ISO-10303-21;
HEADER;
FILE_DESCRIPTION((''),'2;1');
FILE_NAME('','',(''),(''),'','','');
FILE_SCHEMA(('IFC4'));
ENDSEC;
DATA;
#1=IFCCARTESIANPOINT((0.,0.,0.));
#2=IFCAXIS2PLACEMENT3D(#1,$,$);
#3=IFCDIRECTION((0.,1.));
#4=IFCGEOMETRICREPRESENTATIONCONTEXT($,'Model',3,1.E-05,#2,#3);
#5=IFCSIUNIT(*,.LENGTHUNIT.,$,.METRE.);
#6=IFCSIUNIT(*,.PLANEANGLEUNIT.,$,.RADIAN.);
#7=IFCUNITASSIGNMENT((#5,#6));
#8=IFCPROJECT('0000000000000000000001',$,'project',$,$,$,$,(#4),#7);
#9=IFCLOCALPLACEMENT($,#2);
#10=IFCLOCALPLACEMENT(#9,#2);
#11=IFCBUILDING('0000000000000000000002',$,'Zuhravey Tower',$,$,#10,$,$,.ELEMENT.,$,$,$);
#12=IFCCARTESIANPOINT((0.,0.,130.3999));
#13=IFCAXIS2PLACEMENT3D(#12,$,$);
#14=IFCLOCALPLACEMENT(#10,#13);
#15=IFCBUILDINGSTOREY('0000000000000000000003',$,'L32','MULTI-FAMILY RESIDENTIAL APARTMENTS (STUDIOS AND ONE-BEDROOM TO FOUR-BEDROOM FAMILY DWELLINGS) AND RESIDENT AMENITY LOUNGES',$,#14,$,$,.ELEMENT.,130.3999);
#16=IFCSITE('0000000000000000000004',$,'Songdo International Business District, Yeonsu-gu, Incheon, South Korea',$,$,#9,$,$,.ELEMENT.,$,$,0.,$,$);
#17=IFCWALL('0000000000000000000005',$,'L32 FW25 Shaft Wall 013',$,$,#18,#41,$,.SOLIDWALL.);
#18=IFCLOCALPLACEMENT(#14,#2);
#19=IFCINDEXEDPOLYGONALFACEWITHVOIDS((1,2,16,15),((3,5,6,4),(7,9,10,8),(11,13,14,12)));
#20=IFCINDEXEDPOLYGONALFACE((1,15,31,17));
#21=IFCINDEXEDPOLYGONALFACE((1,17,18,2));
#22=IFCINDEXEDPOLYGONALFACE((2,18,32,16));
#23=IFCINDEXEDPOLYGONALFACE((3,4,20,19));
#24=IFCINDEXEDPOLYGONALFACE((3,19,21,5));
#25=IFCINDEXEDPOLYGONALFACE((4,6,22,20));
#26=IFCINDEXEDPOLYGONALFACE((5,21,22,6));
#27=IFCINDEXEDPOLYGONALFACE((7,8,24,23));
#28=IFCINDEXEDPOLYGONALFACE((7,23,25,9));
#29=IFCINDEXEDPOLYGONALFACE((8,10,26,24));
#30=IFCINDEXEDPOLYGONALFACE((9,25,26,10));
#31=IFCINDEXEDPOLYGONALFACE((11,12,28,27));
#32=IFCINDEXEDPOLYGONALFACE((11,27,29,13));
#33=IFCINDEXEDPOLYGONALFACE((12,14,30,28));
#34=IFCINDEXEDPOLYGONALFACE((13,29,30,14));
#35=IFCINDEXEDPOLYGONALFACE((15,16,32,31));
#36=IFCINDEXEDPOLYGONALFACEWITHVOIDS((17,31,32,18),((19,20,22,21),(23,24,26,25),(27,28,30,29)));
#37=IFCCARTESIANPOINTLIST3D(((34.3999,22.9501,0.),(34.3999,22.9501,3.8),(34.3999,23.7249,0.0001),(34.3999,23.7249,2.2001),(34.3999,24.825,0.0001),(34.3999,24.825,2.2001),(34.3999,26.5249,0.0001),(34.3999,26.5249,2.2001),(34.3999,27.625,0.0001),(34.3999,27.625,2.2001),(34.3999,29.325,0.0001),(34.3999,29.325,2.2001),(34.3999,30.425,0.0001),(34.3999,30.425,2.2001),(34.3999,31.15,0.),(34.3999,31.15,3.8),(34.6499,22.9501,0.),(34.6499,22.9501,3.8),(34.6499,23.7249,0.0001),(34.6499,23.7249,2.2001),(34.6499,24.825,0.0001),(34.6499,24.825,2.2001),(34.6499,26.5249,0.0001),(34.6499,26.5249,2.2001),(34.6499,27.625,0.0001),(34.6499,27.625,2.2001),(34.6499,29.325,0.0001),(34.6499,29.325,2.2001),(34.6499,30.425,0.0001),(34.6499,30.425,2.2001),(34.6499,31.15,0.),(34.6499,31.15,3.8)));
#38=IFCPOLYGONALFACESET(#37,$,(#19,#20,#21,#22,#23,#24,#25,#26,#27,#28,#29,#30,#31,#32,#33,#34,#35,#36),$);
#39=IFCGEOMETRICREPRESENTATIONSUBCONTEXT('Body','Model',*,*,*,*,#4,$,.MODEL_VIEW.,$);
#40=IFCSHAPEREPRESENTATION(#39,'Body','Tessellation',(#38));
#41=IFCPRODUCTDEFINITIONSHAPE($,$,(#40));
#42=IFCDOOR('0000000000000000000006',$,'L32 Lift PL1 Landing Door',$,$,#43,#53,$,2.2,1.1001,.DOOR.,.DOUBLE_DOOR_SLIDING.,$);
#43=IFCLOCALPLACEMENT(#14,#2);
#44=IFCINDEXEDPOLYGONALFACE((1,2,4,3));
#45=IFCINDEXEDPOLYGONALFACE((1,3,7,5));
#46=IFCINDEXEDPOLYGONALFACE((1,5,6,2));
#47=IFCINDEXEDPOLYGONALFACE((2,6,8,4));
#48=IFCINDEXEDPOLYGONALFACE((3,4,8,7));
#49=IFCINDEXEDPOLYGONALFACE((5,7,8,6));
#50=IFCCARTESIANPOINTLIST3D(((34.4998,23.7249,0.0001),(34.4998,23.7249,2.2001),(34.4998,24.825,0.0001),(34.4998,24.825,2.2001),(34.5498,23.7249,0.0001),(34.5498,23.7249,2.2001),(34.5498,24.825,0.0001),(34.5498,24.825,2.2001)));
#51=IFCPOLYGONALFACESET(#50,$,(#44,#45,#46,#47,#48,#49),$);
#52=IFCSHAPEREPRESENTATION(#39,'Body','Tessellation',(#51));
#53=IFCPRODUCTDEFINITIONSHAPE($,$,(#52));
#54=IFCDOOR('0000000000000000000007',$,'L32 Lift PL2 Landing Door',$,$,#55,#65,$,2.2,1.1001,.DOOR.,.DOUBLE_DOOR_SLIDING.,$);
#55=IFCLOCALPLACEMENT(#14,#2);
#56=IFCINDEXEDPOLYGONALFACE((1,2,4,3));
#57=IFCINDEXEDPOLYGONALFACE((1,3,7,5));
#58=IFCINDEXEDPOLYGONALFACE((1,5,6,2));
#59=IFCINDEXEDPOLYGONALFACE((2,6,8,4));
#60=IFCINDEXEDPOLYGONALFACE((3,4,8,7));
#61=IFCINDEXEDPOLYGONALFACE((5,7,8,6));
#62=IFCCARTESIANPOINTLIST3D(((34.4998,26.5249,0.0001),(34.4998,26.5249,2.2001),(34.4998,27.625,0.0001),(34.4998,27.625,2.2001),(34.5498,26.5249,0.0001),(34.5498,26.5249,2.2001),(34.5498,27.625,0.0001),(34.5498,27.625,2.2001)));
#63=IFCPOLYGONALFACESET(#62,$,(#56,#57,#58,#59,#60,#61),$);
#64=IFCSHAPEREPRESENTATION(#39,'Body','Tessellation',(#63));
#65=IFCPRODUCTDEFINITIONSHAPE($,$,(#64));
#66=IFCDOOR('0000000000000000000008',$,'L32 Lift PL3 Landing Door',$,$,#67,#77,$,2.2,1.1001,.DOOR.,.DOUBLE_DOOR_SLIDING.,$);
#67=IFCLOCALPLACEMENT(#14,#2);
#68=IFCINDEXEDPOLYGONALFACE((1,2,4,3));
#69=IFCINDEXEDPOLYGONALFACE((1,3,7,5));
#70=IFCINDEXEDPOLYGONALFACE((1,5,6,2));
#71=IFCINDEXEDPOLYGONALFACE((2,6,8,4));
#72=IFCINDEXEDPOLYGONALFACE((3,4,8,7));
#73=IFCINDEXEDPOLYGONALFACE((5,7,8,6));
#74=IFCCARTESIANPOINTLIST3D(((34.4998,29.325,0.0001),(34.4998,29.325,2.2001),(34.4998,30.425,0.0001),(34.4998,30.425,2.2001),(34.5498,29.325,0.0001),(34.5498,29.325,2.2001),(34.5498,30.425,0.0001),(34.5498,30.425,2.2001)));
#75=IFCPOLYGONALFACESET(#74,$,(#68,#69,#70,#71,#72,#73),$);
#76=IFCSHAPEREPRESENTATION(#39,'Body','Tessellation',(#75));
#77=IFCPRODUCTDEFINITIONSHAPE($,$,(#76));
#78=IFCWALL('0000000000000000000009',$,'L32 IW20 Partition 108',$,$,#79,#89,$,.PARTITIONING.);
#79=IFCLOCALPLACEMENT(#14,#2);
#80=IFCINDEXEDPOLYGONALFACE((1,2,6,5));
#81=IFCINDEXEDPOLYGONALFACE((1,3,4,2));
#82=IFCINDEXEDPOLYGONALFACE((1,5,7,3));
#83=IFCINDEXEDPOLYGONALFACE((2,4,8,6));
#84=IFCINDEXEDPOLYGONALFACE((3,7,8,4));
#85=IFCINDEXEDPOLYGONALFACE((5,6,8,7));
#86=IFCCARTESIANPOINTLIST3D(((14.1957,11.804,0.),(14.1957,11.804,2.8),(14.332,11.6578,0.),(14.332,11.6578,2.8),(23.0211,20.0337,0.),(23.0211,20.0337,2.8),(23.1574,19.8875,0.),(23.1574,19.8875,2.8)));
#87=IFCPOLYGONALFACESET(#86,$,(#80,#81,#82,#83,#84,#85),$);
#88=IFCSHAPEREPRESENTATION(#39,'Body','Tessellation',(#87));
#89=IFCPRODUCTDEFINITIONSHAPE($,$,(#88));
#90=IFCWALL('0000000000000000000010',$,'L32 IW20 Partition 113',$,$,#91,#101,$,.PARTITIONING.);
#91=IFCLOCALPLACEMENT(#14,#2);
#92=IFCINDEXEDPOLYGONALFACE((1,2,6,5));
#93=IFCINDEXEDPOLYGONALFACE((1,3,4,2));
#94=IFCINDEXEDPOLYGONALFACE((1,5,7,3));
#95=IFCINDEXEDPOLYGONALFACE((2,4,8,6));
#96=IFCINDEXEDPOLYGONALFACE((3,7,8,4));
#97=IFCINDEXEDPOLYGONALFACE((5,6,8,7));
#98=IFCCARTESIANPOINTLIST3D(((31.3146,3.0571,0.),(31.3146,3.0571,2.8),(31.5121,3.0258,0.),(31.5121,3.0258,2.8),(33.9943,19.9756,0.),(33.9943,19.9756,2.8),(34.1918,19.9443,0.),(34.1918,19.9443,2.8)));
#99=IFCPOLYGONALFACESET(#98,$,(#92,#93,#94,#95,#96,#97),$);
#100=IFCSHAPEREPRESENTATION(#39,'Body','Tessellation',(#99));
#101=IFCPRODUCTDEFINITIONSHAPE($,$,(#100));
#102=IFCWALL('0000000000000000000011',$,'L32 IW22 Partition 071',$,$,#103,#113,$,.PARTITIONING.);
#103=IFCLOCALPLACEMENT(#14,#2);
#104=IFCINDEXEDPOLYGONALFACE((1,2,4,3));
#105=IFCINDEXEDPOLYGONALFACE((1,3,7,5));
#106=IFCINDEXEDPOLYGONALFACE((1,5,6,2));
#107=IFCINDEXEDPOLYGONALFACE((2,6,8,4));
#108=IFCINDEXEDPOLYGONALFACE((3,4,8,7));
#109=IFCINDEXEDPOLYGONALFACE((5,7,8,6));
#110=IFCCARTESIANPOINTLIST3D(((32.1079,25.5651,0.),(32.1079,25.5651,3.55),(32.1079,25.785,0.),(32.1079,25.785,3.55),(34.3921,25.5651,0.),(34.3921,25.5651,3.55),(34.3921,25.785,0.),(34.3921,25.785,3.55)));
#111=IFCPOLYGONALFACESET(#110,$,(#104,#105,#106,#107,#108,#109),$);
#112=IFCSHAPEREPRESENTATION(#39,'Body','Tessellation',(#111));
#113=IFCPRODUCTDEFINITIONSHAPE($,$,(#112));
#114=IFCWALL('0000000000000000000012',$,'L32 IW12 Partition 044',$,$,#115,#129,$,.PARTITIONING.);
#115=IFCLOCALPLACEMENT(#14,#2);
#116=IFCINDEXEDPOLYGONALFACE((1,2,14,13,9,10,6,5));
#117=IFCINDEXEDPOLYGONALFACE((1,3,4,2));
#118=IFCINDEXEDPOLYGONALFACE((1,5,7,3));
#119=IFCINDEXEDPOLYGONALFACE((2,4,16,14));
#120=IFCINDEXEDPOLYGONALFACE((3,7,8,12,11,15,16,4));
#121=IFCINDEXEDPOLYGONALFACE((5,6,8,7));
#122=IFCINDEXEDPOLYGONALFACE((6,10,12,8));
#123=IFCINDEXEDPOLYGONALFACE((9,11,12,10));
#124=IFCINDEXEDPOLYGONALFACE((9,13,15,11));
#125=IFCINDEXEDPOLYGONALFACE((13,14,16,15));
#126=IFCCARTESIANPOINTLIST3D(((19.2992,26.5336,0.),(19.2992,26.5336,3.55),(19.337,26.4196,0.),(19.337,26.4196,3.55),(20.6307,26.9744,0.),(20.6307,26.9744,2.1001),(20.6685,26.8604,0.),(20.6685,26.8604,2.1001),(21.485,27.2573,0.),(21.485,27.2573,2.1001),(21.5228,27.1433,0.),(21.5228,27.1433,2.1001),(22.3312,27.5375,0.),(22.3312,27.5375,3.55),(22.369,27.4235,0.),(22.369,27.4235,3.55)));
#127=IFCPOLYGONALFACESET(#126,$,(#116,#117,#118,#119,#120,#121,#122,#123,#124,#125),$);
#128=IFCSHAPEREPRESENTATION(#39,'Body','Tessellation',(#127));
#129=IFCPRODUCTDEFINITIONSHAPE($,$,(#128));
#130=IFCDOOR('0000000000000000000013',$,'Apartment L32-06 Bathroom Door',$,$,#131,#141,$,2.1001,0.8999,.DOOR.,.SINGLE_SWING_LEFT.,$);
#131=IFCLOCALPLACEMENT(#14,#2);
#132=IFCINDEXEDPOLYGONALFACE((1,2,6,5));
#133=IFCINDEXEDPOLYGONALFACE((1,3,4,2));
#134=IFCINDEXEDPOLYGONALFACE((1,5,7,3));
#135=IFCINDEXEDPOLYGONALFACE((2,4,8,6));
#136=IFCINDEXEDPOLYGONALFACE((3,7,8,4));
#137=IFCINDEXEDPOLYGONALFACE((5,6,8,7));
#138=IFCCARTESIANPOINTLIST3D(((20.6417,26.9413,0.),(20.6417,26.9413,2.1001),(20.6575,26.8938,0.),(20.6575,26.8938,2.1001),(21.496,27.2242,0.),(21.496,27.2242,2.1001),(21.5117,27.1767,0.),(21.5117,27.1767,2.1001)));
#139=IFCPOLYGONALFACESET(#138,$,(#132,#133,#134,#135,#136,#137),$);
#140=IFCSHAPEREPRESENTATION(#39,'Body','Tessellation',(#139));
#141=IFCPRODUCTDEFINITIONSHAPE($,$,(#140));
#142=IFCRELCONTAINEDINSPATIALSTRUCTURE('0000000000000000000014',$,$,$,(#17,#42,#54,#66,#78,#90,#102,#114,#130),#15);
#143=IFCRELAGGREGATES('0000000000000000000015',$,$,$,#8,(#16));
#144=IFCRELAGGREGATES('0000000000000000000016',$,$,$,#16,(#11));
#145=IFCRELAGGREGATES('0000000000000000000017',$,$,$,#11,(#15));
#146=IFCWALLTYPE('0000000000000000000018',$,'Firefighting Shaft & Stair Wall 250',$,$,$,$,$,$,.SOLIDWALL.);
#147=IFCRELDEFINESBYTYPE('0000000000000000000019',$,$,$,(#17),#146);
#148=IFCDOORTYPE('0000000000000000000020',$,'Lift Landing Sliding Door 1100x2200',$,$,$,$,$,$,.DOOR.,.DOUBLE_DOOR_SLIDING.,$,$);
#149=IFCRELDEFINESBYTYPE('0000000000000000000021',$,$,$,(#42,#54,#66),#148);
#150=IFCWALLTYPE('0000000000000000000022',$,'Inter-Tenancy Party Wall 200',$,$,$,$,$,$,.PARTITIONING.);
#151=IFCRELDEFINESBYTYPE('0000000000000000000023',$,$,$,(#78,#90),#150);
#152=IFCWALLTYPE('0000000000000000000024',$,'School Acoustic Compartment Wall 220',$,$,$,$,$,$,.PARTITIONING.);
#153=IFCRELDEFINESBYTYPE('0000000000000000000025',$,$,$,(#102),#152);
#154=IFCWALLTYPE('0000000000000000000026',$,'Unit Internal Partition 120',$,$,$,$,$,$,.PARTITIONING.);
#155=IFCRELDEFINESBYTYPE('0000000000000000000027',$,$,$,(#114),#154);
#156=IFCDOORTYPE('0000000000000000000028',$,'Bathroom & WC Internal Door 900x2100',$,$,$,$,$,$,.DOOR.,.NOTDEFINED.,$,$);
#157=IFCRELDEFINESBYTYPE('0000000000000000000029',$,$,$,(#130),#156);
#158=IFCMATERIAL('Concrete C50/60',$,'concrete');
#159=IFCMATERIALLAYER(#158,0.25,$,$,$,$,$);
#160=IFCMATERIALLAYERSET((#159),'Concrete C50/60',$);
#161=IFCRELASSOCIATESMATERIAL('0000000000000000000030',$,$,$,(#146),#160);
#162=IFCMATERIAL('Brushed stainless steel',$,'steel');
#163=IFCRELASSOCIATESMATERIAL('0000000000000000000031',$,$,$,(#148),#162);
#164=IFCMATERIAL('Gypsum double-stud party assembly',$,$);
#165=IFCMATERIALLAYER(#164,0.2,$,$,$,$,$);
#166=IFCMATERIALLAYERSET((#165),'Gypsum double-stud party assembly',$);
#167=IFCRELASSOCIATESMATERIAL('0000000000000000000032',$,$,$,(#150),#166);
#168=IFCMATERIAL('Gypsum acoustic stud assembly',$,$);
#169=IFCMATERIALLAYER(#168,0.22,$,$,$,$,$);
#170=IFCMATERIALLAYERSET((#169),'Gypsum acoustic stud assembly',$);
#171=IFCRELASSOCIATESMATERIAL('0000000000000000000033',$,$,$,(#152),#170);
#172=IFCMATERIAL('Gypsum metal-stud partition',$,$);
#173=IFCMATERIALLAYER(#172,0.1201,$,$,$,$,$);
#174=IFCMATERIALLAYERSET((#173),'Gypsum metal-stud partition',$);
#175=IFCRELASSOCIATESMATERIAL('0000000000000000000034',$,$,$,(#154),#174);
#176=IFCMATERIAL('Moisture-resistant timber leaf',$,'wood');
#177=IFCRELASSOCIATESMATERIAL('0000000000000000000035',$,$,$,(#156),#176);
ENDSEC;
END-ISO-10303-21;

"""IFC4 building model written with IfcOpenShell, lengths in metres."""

from ifc_helpers import new_model, si_unit, direction, frame, frame_2d, origin, place, context, subcontext, project, spatial, rectangle, extrude, material, layer, layer_set, type_object, element, fill, save


model = new_model("IFC4")

# Units and contexts
model_context = context("Model", 3, precision=1e-05, world=origin(), true_north=direction((0.0, 1.0)))
body_context = subcontext(model_context, "Body", "Model", "MODEL_VIEW")
ifc_project = project(units=[si_unit("LENGTHUNIT", "METRE"), si_unit("PLANEANGLEUNIT", "RADIAN")], contexts=[model_context])

# Site, building, storey
site_placement = place(None, origin())
site = spatial("IfcSite", under=ifc_project, at=site_placement, Name="Songdo International Business District, Yeonsu-gu, Incheon, South Korea", CompositionType="ELEMENT", RefElevation=0.0)
building_placement = place(site_placement, origin())
building = spatial("IfcBuilding", under=site, at=building_placement, Name="Zuhravey Tower", CompositionType="ELEMENT")
storey_placement = place(building_placement, frame((0.0, 0.0, 130.3999)))
storey = spatial("IfcBuildingStorey", under=building, at=storey_placement, Name="L32", Description="MULTI-FAMILY RESIDENTIAL APARTMENTS (STUDIOS AND ONE-BEDROOM TO FOUR-BEDROOM FAMILY DWELLINGS) AND RESIDENT AMENITY LOUNGES", CompositionType="ELEMENT", Elevation=130.3999)

# Shared definitions
ifc_material_1 = material(Name="Concrete C50/60", Category="concrete")
ifc_layer_1 = layer(ifc_material_1, 0.25)
ifc_layer_set_1 = layer_set([ifc_layer_1], Name="Concrete C50/60")
wall_type_1 = type_object("IfcWallType", Name="Firefighting Shaft & Stair Wall 250", PredefinedType="SOLIDWALL", material=ifc_layer_set_1)

# Shared definitions
ifc_material_2 = material(Name="Brushed stainless steel", Category="steel")

# Wall, openings, doors
wall_1_placement = place(storey_placement, frame((34.5249, 22.95, 0.0), z_axis=(0.0, 0.0, 1.0), x_axis=(0.0, 1.0, 0.0)))
wall_1 = element("IfcWall", 1, at=wall_1_placement, inside=storey, type_object=wall_type_1, Name="L32 FW25 Shaft Wall 013", PredefinedType="SOLIDWALL", context=body_context, shape_type="SweptSolid", body=[
    extrude(rectangle(XDim=8.2, YDim=0.25, at=frame_2d((4.1001, 0.0))), origin(), (0.0, 0.0, 1.0), 3.8),
])
opening_1_placement = place(wall_1_placement, frame((0.7749, 0.0, 0.0)))
opening_1 = element("IfcOpeningElement", 2, at=opening_1_placement, cuts=wall_1, PredefinedType="OPENING", context=body_context, shape_type="SweptSolid", body=[
    extrude(rectangle(XDim=1.1001, YDim=2.2, at=frame_2d((0.55, 1.1001))), frame((0.0, 0.137, 0.0), z_axis=(0.0, -1.0, 0.0), x_axis=(1.0, 0.0, 0.0)), (0.0, 0.0, 1.0), 0.2739),
])
opening_2_placement = place(wall_1_placement, frame((3.575, 0.0, 0.0)))
opening_2 = element("IfcOpeningElement", 3, at=opening_2_placement, cuts=wall_1, PredefinedType="OPENING", context=body_context, shape_type="SweptSolid", body=[
    extrude(rectangle(XDim=1.1001, YDim=2.2, at=frame_2d((0.55, 1.1001))), frame((0.0, 0.137, 0.0), z_axis=(0.0, -1.0, 0.0), x_axis=(1.0, 0.0, 0.0)), (0.0, 0.0, 1.0), 0.2739),
])
opening_3_placement = place(wall_1_placement, frame((6.375, 0.0, 0.0)))
opening_3 = element("IfcOpeningElement", 4, at=opening_3_placement, cuts=wall_1, PredefinedType="OPENING", context=body_context, shape_type="SweptSolid", body=[
    extrude(rectangle(XDim=1.1001, YDim=2.2, at=frame_2d((0.55, 1.1001))), frame((0.0, 0.137, 0.0), z_axis=(0.0, -1.0, 0.0), x_axis=(1.0, 0.0, 0.0)), (0.0, 0.0, 1.0), 0.2739),
])
door_type_1 = type_object("IfcDoorType", Name="Lift Landing Sliding Door 1100x2200", OperationType="DOUBLE_DOOR_SLIDING", PredefinedType="DOOR", material=ifc_material_2)
door_1_placement = place(opening_1_placement, frame((1.1001, 0.0, 0.0), z_axis=(0.0, 0.0, 1.0), x_axis=(-1.0, 0.0, 0.0)))
door_1 = element("IfcDoor", 5, at=door_1_placement, inside=storey, type_object=door_type_1, Name="L32 Lift PL1 Landing Door", OperationType="DOUBLE_DOOR_SLIDING", OverallHeight=2.2, OverallWidth=1.1001, PredefinedType="DOOR", context=body_context, shape_type="SweptSolid", body=[
    extrude(rectangle(XDim=1.1001, YDim=2.2, at=frame_2d((0.55, 1.1001))), frame((0.0, 0.0249, 0.0), z_axis=(0.0, -1.0, 0.0), x_axis=(1.0, 0.0, 0.0)), (0.0, 0.0, 1.0), 0.05),
])
fill(opening_1, door_1)
door_2_placement = place(opening_2_placement, frame((1.1001, 0.0, 0.0), z_axis=(0.0, 0.0, 1.0), x_axis=(-1.0, 0.0, 0.0)))
door_2 = element("IfcDoor", 6, at=door_2_placement, inside=storey, type_object=door_type_1, Name="L32 Lift PL2 Landing Door", OperationType="DOUBLE_DOOR_SLIDING", OverallHeight=2.2, OverallWidth=1.1001, PredefinedType="DOOR", context=body_context, shape_type="SweptSolid", body=[
    extrude(rectangle(XDim=1.1001, YDim=2.2, at=frame_2d((0.55, 1.1001))), frame((0.0, 0.0249, 0.0), z_axis=(0.0, -1.0, 0.0), x_axis=(1.0, 0.0, 0.0)), (0.0, 0.0, 1.0), 0.05),
])
fill(opening_2, door_2)
door_3_placement = place(opening_3_placement, frame((1.1001, 0.0, 0.0), z_axis=(0.0, 0.0, 1.0), x_axis=(-1.0, 0.0, 0.0)))
door_3 = element("IfcDoor", 7, at=door_3_placement, inside=storey, type_object=door_type_1, Name="L32 Lift PL3 Landing Door", OperationType="DOUBLE_DOOR_SLIDING", OverallHeight=2.2, OverallWidth=1.1001, PredefinedType="DOOR", context=body_context, shape_type="SweptSolid", body=[
    extrude(rectangle(XDim=1.1001, YDim=2.2, at=frame_2d((0.55, 1.1001))), frame((0.0, 0.0249, 0.0), z_axis=(0.0, -1.0, 0.0), x_axis=(1.0, 0.0, 0.0)), (0.0, 0.0, 1.0), 0.05),
])
fill(opening_3, door_3)

# Walls
ifc_material_3 = material(Name="Gypsum double-stud party assembly")
ifc_layer_2 = layer(ifc_material_3, 0.2)
ifc_layer_set_2 = layer_set([ifc_layer_2], Name="Gypsum double-stud party assembly")
wall_type_2 = type_object("IfcWallType", Name="Inter-Tenancy Party Wall 200", PredefinedType="PARTITIONING", material=ifc_layer_set_2)
wall_2_placement = place(storey_placement, frame((23.0894, 19.9607, 0.0), z_axis=(0.0, 0.0, 1.0), x_axis=(-0.731359, -0.681993, 0.0)))
element("IfcWall", 8, at=wall_2_placement, inside=storey, type_object=wall_type_2, Name="L32 IW20 Partition 108", PredefinedType="PARTITIONING", context=body_context, shape_type="SweptSolid", body=[
    extrude(rectangle(XDim=12.0671, YDim=0.2, at=frame_2d((6.0337, 0.0))), origin(), (0.0, 0.0, 1.0), 2.8),
])
wall_3_placement = place(storey_placement, frame((34.093, 19.96, 0.0), z_axis=(0.0, 0.0, 1.0), x_axis=(-0.156438, -0.987688, 0.0)))
element("IfcWall", 9, at=wall_3_placement, inside=storey, type_object=wall_type_2, Name="L32 IW20 Partition 113", PredefinedType="PARTITIONING", context=body_context, shape_type="SweptSolid", body=[
    extrude(rectangle(XDim=17.1294, YDim=0.2, at=frame_2d((8.5647, 0.0))), origin(), (0.0, 0.0, 1.0), 2.8),
])
ifc_material_4 = material(Name="Gypsum acoustic stud assembly")
ifc_layer_3 = layer(ifc_material_4, 0.22)
ifc_layer_set_3 = layer_set([ifc_layer_3], Name="Gypsum acoustic stud assembly")
wall_type_3 = type_object("IfcWallType", Name="School Acoustic Compartment Wall 220", PredefinedType="PARTITIONING", material=ifc_layer_set_3)
wall_4_placement = place(storey_placement, frame((32.1079, 25.675, 0.0), z_axis=(0.0, 0.0, 1.0), x_axis=(1.0, 0.0, 0.0)))
element("IfcWall", 10, at=wall_4_placement, inside=storey, type_object=wall_type_3, Name="L32 IW22 Partition 071", PredefinedType="PARTITIONING", context=body_context, shape_type="SweptSolid", body=[
    extrude(rectangle(XDim=2.2842, YDim=0.22, at=frame_2d((1.1421, 0.0))), origin(), (0.0, 0.0, 1.0), 3.55),
])

# Wall, opening, door
ifc_material_5 = material(Name="Gypsum metal-stud partition")
ifc_layer_4 = layer(ifc_material_5, 0.1201)
ifc_layer_set_4 = layer_set([ifc_layer_4], Name="Gypsum metal-stud partition")
wall_type_4 = type_object("IfcWallType", Name="Unit Internal Partition 120", PredefinedType="PARTITIONING", material=ifc_layer_set_4)
wall_5_placement = place(storey_placement, frame((22.3501, 27.4805, 0.0), z_axis=(0.0, 0.0, 1.0), x_axis=(-0.949316, -0.314324, 0.0)))
wall_5 = element("IfcWall", 11, at=wall_5_placement, inside=storey, type_object=wall_type_4, Name="L32 IW12 Partition 044", PredefinedType="PARTITIONING", context=body_context, shape_type="SweptSolid", body=[
    extrude(rectangle(XDim=3.1938, YDim=0.1201, at=frame_2d((1.5969, 0.0))), origin(), (0.0, 0.0, 1.0), 3.55),
])
opening_4_placement = place(wall_5_placement, frame((0.8914, 0.0, 0.0)))
opening_4 = element("IfcOpeningElement", 12, at=opening_4_placement, cuts=wall_5, PredefinedType="OPENING", context=body_context, shape_type="SweptSolid", body=[
    extrude(rectangle(XDim=0.8999, YDim=2.1001, at=frame_2d((0.45, 1.05))), frame((0.0, 0.072, 0.0), z_axis=(0.0, -1.0, 0.0), x_axis=(1.0, 0.0, 0.0)), (0.0, 0.0, 1.0), 0.144),
])
ifc_material_6 = material(Name="Moisture-resistant timber leaf", Category="wood")
door_type_2 = type_object("IfcDoorType", Name="Bathroom & WC Internal Door 900x2100", OperationType="NOTDEFINED", PredefinedType="DOOR", material=ifc_material_6)
door_4_placement = place(opening_4_placement, origin())
door_4 = element("IfcDoor", 13, at=door_4_placement, inside=storey, type_object=door_type_2, Name="Apartment L32-06 Bathroom Door", OperationType="SINGLE_SWING_LEFT", OverallHeight=2.1001, OverallWidth=0.8999, PredefinedType="DOOR", context=body_context, shape_type="SweptSolid", body=[
    extrude(rectangle(XDim=0.8999, YDim=2.1001, at=frame_2d((0.45, 1.05))), frame((0.0, 0.0249, 0.0), z_axis=(0.0, -1.0, 0.0), x_axis=(1.0, 0.0, 0.0)), (0.0, 0.0, 1.0), 0.05),
])
fill(opening_4, door_4)

save(model, "model.ifc")
